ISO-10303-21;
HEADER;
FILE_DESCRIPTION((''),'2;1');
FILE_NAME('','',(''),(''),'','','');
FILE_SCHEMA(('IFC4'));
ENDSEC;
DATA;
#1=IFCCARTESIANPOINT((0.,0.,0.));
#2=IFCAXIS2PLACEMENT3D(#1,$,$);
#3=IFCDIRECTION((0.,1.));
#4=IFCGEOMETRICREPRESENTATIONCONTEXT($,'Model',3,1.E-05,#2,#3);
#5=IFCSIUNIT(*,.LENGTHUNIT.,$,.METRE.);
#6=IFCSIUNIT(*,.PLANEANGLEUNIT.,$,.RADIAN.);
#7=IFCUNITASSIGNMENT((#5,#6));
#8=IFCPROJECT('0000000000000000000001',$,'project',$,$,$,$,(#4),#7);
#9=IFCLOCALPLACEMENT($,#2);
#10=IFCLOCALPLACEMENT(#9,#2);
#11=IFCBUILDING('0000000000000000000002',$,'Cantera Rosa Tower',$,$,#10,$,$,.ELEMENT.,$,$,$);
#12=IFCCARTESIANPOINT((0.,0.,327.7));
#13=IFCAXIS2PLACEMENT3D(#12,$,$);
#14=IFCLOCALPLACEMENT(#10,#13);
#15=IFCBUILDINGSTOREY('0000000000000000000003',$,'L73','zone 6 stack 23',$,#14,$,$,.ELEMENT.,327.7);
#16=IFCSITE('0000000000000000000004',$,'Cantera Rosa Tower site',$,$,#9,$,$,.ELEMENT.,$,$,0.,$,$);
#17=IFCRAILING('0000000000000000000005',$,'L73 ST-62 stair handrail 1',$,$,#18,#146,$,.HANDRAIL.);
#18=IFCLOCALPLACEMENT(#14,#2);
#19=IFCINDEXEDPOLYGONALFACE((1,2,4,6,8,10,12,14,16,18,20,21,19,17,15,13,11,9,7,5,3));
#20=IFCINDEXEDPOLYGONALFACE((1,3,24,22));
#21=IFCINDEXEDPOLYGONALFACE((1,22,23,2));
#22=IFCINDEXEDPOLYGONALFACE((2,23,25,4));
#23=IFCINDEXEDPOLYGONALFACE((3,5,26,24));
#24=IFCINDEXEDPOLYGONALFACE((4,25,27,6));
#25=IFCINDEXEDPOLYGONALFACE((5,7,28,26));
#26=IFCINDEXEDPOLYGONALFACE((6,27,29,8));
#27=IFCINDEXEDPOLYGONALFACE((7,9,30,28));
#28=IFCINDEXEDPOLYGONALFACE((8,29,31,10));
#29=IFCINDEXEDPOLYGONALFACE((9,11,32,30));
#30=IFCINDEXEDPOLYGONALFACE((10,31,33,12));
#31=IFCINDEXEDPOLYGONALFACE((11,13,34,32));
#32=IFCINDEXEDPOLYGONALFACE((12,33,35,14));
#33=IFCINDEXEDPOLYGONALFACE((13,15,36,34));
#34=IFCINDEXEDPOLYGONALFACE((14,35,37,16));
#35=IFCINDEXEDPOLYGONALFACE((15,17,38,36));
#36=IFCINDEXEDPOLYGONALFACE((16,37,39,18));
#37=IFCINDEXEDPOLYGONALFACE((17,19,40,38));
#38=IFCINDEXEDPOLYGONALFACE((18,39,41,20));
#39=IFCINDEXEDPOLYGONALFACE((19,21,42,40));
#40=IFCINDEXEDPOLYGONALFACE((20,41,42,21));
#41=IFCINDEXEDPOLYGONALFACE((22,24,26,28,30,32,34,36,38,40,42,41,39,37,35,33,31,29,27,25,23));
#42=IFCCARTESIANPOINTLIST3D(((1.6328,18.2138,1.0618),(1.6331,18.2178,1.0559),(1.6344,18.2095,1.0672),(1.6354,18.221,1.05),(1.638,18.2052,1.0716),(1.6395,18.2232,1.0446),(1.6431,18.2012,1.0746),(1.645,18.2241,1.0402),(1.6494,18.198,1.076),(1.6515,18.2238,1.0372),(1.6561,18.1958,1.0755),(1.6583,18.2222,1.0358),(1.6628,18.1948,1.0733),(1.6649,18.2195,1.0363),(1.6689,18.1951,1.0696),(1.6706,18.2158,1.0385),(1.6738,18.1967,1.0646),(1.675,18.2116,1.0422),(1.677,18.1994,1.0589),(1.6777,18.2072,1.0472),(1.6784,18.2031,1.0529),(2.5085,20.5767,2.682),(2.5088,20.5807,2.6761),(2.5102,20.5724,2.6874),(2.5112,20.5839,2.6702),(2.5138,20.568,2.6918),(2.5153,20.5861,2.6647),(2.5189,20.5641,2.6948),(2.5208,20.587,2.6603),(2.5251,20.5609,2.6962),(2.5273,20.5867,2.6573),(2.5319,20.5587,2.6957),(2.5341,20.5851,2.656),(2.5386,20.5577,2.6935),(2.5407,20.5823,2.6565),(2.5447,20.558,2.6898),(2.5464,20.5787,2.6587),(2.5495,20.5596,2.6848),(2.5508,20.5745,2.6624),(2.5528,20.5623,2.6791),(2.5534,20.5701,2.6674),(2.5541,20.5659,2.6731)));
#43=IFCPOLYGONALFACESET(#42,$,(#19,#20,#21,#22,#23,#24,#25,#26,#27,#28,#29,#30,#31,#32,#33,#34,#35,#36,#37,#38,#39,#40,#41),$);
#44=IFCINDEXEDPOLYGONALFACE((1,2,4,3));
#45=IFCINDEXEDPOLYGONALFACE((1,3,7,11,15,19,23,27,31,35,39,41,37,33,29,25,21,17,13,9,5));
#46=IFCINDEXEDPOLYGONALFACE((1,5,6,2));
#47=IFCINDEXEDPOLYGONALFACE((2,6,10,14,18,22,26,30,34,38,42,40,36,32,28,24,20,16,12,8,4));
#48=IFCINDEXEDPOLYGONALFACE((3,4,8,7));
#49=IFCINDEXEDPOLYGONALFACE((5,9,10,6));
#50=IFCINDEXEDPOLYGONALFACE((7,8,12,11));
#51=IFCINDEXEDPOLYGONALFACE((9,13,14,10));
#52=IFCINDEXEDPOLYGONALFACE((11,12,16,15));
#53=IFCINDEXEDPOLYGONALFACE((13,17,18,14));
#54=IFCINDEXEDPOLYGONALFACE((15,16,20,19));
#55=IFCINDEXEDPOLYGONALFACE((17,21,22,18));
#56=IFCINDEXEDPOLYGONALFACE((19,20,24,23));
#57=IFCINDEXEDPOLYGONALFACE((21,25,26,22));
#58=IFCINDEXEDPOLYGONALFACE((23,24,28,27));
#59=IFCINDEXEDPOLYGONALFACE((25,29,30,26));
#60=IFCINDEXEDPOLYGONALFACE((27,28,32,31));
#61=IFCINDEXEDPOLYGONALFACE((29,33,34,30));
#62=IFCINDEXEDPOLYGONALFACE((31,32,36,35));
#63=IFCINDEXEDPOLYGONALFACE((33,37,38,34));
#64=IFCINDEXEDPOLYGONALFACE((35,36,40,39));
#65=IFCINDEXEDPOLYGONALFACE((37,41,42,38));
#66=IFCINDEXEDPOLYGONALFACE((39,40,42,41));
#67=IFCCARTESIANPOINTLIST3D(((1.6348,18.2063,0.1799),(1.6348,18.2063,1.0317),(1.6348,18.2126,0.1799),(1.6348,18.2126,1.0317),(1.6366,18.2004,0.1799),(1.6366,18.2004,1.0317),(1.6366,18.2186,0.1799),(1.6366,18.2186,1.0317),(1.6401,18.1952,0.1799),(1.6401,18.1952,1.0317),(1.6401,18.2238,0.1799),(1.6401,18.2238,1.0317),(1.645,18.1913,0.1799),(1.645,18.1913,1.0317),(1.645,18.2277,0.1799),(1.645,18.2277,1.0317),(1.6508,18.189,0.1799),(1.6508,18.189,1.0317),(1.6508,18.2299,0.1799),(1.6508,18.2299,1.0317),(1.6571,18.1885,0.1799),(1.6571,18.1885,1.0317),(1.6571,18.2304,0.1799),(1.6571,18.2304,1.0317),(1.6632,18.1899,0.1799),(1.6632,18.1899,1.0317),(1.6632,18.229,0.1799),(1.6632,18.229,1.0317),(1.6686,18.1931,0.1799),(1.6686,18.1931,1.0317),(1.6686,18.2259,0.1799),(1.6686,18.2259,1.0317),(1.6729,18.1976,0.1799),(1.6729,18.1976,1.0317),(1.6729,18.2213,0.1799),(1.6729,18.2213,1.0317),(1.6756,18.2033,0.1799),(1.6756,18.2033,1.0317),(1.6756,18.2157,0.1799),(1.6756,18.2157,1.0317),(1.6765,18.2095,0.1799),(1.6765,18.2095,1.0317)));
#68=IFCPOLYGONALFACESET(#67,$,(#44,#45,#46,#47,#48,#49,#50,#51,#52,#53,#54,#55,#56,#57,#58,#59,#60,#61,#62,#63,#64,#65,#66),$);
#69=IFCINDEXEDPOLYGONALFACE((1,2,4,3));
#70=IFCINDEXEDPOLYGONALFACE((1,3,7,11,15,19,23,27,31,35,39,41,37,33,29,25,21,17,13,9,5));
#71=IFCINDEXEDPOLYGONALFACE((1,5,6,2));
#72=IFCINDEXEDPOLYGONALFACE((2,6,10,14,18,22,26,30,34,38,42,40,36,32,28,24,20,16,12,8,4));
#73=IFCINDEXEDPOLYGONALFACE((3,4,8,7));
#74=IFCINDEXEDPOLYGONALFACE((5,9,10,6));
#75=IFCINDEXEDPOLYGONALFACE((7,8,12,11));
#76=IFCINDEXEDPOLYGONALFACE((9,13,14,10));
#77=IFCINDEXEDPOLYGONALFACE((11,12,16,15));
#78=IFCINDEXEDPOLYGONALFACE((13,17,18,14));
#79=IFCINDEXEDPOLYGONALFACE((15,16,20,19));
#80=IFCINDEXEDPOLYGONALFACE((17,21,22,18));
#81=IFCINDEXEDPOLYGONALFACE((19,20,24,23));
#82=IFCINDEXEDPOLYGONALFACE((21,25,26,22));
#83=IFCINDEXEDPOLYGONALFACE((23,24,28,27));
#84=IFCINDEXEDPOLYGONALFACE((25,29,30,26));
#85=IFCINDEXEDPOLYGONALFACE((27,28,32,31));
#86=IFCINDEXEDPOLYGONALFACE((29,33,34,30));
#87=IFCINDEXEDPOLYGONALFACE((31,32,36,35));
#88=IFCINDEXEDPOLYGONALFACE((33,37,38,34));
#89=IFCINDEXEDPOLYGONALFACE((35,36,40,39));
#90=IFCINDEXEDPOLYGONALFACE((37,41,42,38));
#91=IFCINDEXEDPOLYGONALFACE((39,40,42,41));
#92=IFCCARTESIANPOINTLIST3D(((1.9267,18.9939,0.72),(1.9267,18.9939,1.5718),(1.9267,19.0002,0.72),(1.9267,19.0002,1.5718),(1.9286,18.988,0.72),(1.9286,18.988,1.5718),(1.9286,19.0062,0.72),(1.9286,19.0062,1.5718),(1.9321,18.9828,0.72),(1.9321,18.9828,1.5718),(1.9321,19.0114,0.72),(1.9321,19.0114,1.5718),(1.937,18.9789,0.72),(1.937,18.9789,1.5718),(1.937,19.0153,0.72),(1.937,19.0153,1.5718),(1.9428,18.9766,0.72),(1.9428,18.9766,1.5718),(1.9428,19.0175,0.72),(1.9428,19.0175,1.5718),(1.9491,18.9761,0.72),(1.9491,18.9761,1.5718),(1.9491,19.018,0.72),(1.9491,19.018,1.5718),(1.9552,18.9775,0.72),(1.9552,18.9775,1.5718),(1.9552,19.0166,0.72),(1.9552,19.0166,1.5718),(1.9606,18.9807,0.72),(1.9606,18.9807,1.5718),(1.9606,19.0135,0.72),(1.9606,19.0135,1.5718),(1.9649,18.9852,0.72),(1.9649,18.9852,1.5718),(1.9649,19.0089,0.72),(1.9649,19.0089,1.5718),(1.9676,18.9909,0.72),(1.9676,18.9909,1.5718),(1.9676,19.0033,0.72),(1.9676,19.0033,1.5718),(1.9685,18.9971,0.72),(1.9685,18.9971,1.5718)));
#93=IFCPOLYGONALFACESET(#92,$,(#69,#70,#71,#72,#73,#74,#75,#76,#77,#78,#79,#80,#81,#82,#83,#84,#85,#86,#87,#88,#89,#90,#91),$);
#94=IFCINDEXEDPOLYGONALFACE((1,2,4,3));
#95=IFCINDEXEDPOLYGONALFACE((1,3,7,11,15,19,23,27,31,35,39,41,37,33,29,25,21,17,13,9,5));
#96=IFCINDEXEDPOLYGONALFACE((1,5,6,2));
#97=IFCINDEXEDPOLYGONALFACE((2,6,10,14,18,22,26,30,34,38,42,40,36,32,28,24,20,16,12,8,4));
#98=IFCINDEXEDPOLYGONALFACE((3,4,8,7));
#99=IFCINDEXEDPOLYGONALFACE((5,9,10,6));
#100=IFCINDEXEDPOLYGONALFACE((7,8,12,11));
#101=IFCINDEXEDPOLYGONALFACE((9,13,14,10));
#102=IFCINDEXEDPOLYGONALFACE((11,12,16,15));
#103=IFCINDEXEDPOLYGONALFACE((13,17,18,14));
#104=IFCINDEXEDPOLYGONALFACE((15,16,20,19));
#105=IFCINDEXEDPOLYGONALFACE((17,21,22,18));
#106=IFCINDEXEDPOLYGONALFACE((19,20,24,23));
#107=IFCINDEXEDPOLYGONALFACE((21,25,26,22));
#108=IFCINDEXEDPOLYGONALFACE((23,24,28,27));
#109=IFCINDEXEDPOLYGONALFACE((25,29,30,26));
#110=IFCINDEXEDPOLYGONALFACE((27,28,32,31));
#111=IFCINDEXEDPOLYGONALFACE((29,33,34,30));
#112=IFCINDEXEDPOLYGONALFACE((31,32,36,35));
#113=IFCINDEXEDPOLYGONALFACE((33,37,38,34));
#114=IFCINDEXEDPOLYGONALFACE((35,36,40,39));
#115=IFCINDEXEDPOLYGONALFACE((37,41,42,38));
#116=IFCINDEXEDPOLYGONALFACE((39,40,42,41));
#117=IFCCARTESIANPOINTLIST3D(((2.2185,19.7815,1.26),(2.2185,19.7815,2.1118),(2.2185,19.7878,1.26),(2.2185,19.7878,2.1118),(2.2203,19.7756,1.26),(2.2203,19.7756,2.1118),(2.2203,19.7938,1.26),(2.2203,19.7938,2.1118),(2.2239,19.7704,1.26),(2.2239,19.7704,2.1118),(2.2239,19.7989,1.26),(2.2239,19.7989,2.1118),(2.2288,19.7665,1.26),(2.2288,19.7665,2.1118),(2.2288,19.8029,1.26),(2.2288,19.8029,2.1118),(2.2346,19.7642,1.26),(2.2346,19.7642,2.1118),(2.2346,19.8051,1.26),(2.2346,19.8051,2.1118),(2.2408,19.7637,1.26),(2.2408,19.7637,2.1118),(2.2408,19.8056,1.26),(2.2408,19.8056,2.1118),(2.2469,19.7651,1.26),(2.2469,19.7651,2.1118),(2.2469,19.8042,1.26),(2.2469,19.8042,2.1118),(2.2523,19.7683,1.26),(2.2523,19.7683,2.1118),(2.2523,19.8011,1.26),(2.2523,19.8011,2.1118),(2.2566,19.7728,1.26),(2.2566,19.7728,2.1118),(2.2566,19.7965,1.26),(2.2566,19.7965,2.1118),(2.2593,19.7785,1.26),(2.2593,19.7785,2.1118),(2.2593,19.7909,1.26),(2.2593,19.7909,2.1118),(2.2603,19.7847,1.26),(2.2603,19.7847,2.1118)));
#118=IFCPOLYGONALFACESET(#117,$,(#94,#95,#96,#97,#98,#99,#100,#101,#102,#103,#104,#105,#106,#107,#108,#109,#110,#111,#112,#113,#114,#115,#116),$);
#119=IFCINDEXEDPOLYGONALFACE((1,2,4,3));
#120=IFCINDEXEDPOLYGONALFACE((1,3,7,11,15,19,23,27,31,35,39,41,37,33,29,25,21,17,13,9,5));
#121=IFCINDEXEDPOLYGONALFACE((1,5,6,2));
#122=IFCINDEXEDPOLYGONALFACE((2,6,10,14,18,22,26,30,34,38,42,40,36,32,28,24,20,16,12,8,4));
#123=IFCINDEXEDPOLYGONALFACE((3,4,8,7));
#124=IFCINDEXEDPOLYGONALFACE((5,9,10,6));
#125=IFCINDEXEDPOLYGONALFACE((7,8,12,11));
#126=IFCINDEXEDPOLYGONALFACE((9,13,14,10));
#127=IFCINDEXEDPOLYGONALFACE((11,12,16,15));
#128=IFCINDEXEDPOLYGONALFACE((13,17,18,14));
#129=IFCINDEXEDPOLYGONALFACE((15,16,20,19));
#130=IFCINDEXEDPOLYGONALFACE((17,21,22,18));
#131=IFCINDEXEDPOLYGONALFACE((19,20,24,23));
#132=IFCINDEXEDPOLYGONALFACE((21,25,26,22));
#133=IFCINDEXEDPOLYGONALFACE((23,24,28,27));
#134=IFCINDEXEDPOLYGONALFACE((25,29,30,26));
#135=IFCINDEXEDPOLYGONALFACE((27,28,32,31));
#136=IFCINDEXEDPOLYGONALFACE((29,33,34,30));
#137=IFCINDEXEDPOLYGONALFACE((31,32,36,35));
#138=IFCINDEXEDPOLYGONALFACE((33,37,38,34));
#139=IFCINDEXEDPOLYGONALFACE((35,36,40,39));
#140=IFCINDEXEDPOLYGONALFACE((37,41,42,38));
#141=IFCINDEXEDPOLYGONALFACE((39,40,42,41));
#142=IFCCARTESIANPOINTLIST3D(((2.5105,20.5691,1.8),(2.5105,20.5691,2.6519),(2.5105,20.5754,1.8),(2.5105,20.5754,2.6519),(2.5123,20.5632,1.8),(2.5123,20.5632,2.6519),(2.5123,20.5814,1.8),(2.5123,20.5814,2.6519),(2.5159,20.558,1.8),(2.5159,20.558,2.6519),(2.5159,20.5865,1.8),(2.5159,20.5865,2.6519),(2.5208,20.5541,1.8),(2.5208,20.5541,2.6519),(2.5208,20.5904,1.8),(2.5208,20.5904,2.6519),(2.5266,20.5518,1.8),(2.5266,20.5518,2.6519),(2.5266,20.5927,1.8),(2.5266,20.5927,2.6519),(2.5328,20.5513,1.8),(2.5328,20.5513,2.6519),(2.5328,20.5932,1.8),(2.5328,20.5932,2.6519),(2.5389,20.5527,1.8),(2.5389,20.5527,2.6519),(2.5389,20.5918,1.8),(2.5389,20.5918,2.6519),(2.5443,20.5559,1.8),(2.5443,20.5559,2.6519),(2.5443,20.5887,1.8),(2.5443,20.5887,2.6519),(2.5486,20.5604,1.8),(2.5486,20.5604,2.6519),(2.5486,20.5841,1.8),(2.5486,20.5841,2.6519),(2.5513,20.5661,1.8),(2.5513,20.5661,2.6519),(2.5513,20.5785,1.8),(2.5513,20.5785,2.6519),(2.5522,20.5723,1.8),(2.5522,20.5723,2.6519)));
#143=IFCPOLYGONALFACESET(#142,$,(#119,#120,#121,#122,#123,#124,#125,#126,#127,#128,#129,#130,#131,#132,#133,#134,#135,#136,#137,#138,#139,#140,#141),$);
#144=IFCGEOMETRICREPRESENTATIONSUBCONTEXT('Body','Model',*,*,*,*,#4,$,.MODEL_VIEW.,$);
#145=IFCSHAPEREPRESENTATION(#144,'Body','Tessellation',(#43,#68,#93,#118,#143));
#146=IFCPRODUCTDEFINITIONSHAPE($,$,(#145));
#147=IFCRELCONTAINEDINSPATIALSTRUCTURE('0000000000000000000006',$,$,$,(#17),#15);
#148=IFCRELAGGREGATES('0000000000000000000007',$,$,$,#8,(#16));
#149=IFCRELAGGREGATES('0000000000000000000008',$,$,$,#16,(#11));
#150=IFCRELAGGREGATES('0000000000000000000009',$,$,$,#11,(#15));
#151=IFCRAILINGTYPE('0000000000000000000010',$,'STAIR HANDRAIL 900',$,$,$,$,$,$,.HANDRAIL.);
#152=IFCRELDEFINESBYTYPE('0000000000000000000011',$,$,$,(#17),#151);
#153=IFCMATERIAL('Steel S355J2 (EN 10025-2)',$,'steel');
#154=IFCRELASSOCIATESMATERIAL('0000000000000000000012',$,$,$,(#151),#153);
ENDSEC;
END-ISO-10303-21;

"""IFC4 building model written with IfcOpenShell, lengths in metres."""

from ifc_helpers import new_model, si_unit, direction, frame, origin, origin_2d, place, context, subcontext, project, spatial, circle, extrude, material, type_object, element, save


model = new_model("IFC4")

# Units and contexts
model_context = context("Model", 3, precision=1e-05, world=origin(), true_north=direction((0.0, 1.0)))
body_context = subcontext(model_context, "Body", "Model", "MODEL_VIEW")
ifc_project = project(units=[si_unit("LENGTHUNIT", "METRE"), si_unit("PLANEANGLEUNIT", "RADIAN")], contexts=[model_context])

# Site, building, storey
site_placement = place(None, origin())
site = spatial("IfcSite", under=ifc_project, at=site_placement, Name="Cantera Rosa Tower site", CompositionType="ELEMENT", RefElevation=0.0)
building_placement = place(site_placement, origin())
building = spatial("IfcBuilding", under=site, at=building_placement, Name="Cantera Rosa Tower", CompositionType="ELEMENT")
storey_placement = place(building_placement, frame((0.0, 0.0, 327.7)))
storey = spatial("IfcBuildingStorey", under=building, at=storey_placement, Name="L73", Description="zone 6 stack 23", CompositionType="ELEMENT", Elevation=327.7)

# Railing
ifc_material_1 = material(Name="Steel S355J2 (EN 10025-2)", Category="steel")
railing_type_1 = type_object("IfcRailingType", Name="STAIR HANDRAIL 900", PredefinedType="HANDRAIL", material=ifc_material_1)
railing_1_placement = place(storey_placement, frame((1.6555, 18.2095, 0.1799)))
element("IfcRailing", 1, at=railing_1_placement, inside=storey, type_object=railing_type_1, Name="L73 ST-62 stair handrail 1", PredefinedType="HANDRAIL", context=body_context, shape_type="SweptSolid", body=[
    extrude(circle(Radius=0.0239, at=origin_2d()), frame((0.0, 0.0, 0.876), z_axis=(0.292326, 0.788717, 0.540806), x_axis=(-0.937668, 0.347532, 0.0)), (0.0, 0.0, 1.0), 2.9958),
    extrude(circle(Radius=0.021, at=origin_2d()), origin(), (0.0, 0.0, 1.0), 0.8518),
    extrude(circle(Radius=0.021, at=origin_2d()), frame((0.292, 0.7876, 0.54)), (0.0, 0.0, 1.0), 0.8518),
    extrude(circle(Radius=0.021, at=origin_2d()), frame((0.5837, 1.5752, 1.0801)), (0.0, 0.0, 1.0), 0.8518),
    extrude(circle(Radius=0.021, at=origin_2d()), frame((0.8757, 2.3628, 1.6201)), (0.0, 0.0, 1.0), 0.8518),
])

save(model, "model.ifc")
